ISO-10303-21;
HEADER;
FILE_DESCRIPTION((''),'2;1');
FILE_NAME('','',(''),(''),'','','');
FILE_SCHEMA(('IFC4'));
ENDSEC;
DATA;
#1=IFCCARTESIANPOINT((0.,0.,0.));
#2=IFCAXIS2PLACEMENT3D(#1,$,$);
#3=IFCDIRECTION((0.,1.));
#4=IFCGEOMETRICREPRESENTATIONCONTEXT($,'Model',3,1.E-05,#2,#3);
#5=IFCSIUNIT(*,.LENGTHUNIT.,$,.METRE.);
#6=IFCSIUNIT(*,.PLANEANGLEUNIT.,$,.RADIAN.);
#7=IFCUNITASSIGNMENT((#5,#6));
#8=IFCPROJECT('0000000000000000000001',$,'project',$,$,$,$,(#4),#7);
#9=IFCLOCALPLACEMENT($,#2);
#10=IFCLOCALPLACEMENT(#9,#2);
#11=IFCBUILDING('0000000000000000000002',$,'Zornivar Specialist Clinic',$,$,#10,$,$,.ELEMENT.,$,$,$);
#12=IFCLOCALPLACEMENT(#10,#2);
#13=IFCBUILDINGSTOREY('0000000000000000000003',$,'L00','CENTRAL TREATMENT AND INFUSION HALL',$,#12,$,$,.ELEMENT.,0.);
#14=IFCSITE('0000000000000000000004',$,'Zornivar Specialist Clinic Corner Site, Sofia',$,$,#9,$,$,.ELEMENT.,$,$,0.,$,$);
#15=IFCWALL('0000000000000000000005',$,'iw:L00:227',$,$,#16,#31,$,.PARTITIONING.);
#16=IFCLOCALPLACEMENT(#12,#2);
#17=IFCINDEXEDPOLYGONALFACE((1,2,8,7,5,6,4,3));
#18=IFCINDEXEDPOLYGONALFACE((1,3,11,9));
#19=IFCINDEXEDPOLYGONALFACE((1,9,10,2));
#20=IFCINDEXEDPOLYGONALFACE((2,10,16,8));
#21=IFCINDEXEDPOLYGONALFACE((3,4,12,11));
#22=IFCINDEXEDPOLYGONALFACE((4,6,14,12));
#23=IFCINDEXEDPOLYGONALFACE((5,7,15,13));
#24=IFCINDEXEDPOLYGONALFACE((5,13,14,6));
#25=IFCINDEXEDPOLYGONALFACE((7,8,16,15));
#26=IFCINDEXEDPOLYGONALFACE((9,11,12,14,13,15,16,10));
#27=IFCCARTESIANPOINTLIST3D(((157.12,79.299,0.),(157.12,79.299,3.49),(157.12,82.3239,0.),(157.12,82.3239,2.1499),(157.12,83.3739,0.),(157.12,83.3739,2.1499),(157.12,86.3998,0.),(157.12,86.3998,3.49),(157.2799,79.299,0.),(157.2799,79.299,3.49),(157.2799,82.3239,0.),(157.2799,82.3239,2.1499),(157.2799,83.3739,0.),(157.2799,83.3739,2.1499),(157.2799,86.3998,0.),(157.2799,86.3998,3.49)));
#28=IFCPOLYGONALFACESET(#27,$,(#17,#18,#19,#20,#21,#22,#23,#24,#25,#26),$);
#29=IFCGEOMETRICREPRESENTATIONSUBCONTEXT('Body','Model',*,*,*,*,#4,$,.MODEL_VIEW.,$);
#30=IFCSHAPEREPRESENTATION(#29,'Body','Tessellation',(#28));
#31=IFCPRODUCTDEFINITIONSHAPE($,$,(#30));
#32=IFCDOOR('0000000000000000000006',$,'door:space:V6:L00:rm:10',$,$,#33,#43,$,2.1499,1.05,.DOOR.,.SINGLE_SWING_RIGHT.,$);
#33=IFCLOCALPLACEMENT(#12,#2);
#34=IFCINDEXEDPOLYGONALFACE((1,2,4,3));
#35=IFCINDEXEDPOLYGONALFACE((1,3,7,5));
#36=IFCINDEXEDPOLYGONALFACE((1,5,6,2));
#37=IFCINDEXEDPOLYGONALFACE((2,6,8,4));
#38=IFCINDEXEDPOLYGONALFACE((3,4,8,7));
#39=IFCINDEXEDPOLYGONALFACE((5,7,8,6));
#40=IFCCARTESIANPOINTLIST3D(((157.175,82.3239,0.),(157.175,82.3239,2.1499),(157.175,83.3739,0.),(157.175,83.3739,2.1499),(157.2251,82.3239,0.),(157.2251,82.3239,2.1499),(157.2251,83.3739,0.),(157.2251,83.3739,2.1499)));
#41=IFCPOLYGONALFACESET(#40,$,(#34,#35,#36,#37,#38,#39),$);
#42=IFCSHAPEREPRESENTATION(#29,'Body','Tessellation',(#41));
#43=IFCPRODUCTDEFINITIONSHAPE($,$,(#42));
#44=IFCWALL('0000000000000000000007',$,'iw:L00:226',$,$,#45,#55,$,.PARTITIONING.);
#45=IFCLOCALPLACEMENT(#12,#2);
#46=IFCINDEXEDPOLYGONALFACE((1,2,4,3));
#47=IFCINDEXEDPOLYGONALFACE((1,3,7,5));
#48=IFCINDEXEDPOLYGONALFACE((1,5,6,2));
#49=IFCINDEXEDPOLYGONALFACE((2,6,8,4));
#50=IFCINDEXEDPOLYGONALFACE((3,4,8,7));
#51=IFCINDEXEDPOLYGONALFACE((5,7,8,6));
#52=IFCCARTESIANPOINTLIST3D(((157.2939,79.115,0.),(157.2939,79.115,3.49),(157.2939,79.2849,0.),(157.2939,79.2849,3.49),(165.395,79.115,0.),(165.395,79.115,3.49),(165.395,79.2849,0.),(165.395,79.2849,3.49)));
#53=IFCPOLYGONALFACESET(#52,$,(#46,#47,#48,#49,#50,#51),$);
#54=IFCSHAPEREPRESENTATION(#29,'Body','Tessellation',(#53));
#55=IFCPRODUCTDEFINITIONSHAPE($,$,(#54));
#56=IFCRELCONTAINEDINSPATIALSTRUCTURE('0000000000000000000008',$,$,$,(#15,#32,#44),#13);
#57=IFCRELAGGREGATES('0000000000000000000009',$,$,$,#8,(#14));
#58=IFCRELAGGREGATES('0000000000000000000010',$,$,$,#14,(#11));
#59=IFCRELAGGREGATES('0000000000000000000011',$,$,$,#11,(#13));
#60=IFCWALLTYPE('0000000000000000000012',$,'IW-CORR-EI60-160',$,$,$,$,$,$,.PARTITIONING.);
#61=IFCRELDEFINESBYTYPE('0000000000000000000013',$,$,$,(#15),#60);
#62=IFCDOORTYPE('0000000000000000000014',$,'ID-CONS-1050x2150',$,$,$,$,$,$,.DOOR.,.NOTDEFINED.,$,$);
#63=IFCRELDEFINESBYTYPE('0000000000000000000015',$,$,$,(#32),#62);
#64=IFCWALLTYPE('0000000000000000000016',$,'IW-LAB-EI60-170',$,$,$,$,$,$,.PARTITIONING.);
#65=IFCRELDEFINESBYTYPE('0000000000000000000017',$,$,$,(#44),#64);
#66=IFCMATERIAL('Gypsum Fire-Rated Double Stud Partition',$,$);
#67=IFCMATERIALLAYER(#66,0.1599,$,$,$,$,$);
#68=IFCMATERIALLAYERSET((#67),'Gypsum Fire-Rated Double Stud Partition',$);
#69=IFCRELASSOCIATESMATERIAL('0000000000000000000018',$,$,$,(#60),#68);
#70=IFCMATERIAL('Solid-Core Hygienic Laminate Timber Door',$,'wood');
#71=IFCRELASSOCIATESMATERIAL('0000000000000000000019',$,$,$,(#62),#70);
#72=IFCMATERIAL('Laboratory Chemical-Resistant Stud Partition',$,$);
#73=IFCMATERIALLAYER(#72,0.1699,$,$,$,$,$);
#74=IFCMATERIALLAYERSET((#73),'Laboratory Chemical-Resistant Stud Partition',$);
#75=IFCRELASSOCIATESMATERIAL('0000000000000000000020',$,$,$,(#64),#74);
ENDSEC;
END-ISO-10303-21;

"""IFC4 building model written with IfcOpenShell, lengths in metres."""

from ifc_helpers import new_model, si_unit, direction, frame, frame_2d, origin, place, context, subcontext, project, spatial, rectangle, extrude, material, layer, layer_set, type_object, element, fill, save


model = new_model("IFC4")

# Units and contexts
model_context = context("Model", 3, precision=1e-05, world=origin(), true_north=direction((0.0, 1.0)))
body_context = subcontext(model_context, "Body", "Model", "MODEL_VIEW")
ifc_project = project(units=[si_unit("LENGTHUNIT", "METRE"), si_unit("PLANEANGLEUNIT", "RADIAN")], contexts=[model_context])

# Site, building, storey
site_placement = place(None, origin())
site = spatial("IfcSite", under=ifc_project, at=site_placement, Name="Zornivar Specialist Clinic Corner Site, Sofia", CompositionType="ELEMENT", RefElevation=0.0)
building_placement = place(site_placement, origin())
building = spatial("IfcBuilding", under=site, at=building_placement, Name="Zornivar Specialist Clinic", CompositionType="ELEMENT")
storey_placement = place(building_placement, origin())
storey = spatial("IfcBuildingStorey", under=building, at=storey_placement, Name="L00", Description="CENTRAL TREATMENT AND INFUSION HALL", CompositionType="ELEMENT", Elevation=0.0)

# Wall, opening, door
ifc_material_1 = material(Name="Gypsum Fire-Rated Double Stud Partition")
ifc_layer_1 = layer(ifc_material_1, 0.1599)
ifc_layer_set_1 = layer_set([ifc_layer_1], Name="Gypsum Fire-Rated Double Stud Partition")
wall_type_1 = type_object("IfcWallType", Name="IW-CORR-EI60-160", PredefinedType="PARTITIONING", material=ifc_layer_set_1)
wall_1_placement = place(storey_placement, frame((157.2, 79.2991, 0.0), z_axis=(0.0, 0.0, 1.0), x_axis=(0.0, 1.0, 0.0)))
wall_1 = element("IfcWall", 1, at=wall_1_placement, inside=storey, type_object=wall_type_1, Name="iw:L00:227", PredefinedType="PARTITIONING", context=body_context, shape_type="SweptSolid", body=[
    extrude(rectangle(XDim=7.1008, YDim=0.1599, at=frame_2d((3.5503, 0.0))), origin(), (0.0, 0.0, 1.0), 3.49),
])
opening_placement = place(wall_1_placement, frame((3.0249, 0.0, 0.0)))
opening = element("IfcOpeningElement", 2, at=opening_placement, cuts=wall_1, PredefinedType="OPENING", context=body_context, shape_type="SweptSolid", body=[
    extrude(rectangle(XDim=1.05, YDim=2.1499, at=frame_2d((0.5249, 1.075))), frame((0.0, 0.0898, 0.0), z_axis=(0.0, -1.0, 0.0), x_axis=(1.0, 0.0, 0.0)), (0.0, 0.0, 1.0), 0.1799),
])
ifc_material_2 = material(Name="Solid-Core Hygienic Laminate Timber Door", Category="wood")
door_type = type_object("IfcDoorType", Name="ID-CONS-1050x2150", OperationType="NOTDEFINED", PredefinedType="DOOR", material=ifc_material_2)
door_placement = place(opening_placement, origin())
door = element("IfcDoor", 3, at=door_placement, inside=storey, type_object=door_type, Name="door:space:V6:L00:rm:10", OperationType="SINGLE_SWING_RIGHT", OverallHeight=2.1499, OverallWidth=1.05, PredefinedType="DOOR", context=body_context, shape_type="SweptSolid", body=[
    extrude(rectangle(XDim=1.05, YDim=2.1499, at=frame_2d((0.5249, 1.075))), frame((0.0, 0.0249, 0.0), z_axis=(0.0, -1.0, 0.0), x_axis=(1.0, 0.0, 0.0)), (0.0, 0.0, 1.0), 0.05),
])
fill(opening, door)

# Wall
ifc_material_3 = material(Name="Laboratory Chemical-Resistant Stud Partition")
ifc_layer_2 = layer(ifc_material_3, 0.1699)
ifc_layer_set_2 = layer_set([ifc_layer_2], Name="Laboratory Chemical-Resistant Stud Partition")
wall_type_2 = type_object("IfcWallType", Name="IW-LAB-EI60-170", PredefinedType="PARTITIONING", material=ifc_layer_set_2)
wall_2_placement = place(storey_placement, frame((157.2939, 79.2, 0.0), z_axis=(0.0, 0.0, 1.0), x_axis=(1.0, 0.0, 0.0)))
element("IfcWall", 4, at=wall_2_placement, inside=storey, type_object=wall_type_2, Name="iw:L00:226", PredefinedType="PARTITIONING", context=body_context, shape_type="SweptSolid", body=[
    extrude(rectangle(XDim=8.1011, YDim=0.1699, at=frame_2d((4.0505, 0.0))), origin(), (0.0, 0.0, 1.0), 3.49),
])

save(model, "model.ifc")
